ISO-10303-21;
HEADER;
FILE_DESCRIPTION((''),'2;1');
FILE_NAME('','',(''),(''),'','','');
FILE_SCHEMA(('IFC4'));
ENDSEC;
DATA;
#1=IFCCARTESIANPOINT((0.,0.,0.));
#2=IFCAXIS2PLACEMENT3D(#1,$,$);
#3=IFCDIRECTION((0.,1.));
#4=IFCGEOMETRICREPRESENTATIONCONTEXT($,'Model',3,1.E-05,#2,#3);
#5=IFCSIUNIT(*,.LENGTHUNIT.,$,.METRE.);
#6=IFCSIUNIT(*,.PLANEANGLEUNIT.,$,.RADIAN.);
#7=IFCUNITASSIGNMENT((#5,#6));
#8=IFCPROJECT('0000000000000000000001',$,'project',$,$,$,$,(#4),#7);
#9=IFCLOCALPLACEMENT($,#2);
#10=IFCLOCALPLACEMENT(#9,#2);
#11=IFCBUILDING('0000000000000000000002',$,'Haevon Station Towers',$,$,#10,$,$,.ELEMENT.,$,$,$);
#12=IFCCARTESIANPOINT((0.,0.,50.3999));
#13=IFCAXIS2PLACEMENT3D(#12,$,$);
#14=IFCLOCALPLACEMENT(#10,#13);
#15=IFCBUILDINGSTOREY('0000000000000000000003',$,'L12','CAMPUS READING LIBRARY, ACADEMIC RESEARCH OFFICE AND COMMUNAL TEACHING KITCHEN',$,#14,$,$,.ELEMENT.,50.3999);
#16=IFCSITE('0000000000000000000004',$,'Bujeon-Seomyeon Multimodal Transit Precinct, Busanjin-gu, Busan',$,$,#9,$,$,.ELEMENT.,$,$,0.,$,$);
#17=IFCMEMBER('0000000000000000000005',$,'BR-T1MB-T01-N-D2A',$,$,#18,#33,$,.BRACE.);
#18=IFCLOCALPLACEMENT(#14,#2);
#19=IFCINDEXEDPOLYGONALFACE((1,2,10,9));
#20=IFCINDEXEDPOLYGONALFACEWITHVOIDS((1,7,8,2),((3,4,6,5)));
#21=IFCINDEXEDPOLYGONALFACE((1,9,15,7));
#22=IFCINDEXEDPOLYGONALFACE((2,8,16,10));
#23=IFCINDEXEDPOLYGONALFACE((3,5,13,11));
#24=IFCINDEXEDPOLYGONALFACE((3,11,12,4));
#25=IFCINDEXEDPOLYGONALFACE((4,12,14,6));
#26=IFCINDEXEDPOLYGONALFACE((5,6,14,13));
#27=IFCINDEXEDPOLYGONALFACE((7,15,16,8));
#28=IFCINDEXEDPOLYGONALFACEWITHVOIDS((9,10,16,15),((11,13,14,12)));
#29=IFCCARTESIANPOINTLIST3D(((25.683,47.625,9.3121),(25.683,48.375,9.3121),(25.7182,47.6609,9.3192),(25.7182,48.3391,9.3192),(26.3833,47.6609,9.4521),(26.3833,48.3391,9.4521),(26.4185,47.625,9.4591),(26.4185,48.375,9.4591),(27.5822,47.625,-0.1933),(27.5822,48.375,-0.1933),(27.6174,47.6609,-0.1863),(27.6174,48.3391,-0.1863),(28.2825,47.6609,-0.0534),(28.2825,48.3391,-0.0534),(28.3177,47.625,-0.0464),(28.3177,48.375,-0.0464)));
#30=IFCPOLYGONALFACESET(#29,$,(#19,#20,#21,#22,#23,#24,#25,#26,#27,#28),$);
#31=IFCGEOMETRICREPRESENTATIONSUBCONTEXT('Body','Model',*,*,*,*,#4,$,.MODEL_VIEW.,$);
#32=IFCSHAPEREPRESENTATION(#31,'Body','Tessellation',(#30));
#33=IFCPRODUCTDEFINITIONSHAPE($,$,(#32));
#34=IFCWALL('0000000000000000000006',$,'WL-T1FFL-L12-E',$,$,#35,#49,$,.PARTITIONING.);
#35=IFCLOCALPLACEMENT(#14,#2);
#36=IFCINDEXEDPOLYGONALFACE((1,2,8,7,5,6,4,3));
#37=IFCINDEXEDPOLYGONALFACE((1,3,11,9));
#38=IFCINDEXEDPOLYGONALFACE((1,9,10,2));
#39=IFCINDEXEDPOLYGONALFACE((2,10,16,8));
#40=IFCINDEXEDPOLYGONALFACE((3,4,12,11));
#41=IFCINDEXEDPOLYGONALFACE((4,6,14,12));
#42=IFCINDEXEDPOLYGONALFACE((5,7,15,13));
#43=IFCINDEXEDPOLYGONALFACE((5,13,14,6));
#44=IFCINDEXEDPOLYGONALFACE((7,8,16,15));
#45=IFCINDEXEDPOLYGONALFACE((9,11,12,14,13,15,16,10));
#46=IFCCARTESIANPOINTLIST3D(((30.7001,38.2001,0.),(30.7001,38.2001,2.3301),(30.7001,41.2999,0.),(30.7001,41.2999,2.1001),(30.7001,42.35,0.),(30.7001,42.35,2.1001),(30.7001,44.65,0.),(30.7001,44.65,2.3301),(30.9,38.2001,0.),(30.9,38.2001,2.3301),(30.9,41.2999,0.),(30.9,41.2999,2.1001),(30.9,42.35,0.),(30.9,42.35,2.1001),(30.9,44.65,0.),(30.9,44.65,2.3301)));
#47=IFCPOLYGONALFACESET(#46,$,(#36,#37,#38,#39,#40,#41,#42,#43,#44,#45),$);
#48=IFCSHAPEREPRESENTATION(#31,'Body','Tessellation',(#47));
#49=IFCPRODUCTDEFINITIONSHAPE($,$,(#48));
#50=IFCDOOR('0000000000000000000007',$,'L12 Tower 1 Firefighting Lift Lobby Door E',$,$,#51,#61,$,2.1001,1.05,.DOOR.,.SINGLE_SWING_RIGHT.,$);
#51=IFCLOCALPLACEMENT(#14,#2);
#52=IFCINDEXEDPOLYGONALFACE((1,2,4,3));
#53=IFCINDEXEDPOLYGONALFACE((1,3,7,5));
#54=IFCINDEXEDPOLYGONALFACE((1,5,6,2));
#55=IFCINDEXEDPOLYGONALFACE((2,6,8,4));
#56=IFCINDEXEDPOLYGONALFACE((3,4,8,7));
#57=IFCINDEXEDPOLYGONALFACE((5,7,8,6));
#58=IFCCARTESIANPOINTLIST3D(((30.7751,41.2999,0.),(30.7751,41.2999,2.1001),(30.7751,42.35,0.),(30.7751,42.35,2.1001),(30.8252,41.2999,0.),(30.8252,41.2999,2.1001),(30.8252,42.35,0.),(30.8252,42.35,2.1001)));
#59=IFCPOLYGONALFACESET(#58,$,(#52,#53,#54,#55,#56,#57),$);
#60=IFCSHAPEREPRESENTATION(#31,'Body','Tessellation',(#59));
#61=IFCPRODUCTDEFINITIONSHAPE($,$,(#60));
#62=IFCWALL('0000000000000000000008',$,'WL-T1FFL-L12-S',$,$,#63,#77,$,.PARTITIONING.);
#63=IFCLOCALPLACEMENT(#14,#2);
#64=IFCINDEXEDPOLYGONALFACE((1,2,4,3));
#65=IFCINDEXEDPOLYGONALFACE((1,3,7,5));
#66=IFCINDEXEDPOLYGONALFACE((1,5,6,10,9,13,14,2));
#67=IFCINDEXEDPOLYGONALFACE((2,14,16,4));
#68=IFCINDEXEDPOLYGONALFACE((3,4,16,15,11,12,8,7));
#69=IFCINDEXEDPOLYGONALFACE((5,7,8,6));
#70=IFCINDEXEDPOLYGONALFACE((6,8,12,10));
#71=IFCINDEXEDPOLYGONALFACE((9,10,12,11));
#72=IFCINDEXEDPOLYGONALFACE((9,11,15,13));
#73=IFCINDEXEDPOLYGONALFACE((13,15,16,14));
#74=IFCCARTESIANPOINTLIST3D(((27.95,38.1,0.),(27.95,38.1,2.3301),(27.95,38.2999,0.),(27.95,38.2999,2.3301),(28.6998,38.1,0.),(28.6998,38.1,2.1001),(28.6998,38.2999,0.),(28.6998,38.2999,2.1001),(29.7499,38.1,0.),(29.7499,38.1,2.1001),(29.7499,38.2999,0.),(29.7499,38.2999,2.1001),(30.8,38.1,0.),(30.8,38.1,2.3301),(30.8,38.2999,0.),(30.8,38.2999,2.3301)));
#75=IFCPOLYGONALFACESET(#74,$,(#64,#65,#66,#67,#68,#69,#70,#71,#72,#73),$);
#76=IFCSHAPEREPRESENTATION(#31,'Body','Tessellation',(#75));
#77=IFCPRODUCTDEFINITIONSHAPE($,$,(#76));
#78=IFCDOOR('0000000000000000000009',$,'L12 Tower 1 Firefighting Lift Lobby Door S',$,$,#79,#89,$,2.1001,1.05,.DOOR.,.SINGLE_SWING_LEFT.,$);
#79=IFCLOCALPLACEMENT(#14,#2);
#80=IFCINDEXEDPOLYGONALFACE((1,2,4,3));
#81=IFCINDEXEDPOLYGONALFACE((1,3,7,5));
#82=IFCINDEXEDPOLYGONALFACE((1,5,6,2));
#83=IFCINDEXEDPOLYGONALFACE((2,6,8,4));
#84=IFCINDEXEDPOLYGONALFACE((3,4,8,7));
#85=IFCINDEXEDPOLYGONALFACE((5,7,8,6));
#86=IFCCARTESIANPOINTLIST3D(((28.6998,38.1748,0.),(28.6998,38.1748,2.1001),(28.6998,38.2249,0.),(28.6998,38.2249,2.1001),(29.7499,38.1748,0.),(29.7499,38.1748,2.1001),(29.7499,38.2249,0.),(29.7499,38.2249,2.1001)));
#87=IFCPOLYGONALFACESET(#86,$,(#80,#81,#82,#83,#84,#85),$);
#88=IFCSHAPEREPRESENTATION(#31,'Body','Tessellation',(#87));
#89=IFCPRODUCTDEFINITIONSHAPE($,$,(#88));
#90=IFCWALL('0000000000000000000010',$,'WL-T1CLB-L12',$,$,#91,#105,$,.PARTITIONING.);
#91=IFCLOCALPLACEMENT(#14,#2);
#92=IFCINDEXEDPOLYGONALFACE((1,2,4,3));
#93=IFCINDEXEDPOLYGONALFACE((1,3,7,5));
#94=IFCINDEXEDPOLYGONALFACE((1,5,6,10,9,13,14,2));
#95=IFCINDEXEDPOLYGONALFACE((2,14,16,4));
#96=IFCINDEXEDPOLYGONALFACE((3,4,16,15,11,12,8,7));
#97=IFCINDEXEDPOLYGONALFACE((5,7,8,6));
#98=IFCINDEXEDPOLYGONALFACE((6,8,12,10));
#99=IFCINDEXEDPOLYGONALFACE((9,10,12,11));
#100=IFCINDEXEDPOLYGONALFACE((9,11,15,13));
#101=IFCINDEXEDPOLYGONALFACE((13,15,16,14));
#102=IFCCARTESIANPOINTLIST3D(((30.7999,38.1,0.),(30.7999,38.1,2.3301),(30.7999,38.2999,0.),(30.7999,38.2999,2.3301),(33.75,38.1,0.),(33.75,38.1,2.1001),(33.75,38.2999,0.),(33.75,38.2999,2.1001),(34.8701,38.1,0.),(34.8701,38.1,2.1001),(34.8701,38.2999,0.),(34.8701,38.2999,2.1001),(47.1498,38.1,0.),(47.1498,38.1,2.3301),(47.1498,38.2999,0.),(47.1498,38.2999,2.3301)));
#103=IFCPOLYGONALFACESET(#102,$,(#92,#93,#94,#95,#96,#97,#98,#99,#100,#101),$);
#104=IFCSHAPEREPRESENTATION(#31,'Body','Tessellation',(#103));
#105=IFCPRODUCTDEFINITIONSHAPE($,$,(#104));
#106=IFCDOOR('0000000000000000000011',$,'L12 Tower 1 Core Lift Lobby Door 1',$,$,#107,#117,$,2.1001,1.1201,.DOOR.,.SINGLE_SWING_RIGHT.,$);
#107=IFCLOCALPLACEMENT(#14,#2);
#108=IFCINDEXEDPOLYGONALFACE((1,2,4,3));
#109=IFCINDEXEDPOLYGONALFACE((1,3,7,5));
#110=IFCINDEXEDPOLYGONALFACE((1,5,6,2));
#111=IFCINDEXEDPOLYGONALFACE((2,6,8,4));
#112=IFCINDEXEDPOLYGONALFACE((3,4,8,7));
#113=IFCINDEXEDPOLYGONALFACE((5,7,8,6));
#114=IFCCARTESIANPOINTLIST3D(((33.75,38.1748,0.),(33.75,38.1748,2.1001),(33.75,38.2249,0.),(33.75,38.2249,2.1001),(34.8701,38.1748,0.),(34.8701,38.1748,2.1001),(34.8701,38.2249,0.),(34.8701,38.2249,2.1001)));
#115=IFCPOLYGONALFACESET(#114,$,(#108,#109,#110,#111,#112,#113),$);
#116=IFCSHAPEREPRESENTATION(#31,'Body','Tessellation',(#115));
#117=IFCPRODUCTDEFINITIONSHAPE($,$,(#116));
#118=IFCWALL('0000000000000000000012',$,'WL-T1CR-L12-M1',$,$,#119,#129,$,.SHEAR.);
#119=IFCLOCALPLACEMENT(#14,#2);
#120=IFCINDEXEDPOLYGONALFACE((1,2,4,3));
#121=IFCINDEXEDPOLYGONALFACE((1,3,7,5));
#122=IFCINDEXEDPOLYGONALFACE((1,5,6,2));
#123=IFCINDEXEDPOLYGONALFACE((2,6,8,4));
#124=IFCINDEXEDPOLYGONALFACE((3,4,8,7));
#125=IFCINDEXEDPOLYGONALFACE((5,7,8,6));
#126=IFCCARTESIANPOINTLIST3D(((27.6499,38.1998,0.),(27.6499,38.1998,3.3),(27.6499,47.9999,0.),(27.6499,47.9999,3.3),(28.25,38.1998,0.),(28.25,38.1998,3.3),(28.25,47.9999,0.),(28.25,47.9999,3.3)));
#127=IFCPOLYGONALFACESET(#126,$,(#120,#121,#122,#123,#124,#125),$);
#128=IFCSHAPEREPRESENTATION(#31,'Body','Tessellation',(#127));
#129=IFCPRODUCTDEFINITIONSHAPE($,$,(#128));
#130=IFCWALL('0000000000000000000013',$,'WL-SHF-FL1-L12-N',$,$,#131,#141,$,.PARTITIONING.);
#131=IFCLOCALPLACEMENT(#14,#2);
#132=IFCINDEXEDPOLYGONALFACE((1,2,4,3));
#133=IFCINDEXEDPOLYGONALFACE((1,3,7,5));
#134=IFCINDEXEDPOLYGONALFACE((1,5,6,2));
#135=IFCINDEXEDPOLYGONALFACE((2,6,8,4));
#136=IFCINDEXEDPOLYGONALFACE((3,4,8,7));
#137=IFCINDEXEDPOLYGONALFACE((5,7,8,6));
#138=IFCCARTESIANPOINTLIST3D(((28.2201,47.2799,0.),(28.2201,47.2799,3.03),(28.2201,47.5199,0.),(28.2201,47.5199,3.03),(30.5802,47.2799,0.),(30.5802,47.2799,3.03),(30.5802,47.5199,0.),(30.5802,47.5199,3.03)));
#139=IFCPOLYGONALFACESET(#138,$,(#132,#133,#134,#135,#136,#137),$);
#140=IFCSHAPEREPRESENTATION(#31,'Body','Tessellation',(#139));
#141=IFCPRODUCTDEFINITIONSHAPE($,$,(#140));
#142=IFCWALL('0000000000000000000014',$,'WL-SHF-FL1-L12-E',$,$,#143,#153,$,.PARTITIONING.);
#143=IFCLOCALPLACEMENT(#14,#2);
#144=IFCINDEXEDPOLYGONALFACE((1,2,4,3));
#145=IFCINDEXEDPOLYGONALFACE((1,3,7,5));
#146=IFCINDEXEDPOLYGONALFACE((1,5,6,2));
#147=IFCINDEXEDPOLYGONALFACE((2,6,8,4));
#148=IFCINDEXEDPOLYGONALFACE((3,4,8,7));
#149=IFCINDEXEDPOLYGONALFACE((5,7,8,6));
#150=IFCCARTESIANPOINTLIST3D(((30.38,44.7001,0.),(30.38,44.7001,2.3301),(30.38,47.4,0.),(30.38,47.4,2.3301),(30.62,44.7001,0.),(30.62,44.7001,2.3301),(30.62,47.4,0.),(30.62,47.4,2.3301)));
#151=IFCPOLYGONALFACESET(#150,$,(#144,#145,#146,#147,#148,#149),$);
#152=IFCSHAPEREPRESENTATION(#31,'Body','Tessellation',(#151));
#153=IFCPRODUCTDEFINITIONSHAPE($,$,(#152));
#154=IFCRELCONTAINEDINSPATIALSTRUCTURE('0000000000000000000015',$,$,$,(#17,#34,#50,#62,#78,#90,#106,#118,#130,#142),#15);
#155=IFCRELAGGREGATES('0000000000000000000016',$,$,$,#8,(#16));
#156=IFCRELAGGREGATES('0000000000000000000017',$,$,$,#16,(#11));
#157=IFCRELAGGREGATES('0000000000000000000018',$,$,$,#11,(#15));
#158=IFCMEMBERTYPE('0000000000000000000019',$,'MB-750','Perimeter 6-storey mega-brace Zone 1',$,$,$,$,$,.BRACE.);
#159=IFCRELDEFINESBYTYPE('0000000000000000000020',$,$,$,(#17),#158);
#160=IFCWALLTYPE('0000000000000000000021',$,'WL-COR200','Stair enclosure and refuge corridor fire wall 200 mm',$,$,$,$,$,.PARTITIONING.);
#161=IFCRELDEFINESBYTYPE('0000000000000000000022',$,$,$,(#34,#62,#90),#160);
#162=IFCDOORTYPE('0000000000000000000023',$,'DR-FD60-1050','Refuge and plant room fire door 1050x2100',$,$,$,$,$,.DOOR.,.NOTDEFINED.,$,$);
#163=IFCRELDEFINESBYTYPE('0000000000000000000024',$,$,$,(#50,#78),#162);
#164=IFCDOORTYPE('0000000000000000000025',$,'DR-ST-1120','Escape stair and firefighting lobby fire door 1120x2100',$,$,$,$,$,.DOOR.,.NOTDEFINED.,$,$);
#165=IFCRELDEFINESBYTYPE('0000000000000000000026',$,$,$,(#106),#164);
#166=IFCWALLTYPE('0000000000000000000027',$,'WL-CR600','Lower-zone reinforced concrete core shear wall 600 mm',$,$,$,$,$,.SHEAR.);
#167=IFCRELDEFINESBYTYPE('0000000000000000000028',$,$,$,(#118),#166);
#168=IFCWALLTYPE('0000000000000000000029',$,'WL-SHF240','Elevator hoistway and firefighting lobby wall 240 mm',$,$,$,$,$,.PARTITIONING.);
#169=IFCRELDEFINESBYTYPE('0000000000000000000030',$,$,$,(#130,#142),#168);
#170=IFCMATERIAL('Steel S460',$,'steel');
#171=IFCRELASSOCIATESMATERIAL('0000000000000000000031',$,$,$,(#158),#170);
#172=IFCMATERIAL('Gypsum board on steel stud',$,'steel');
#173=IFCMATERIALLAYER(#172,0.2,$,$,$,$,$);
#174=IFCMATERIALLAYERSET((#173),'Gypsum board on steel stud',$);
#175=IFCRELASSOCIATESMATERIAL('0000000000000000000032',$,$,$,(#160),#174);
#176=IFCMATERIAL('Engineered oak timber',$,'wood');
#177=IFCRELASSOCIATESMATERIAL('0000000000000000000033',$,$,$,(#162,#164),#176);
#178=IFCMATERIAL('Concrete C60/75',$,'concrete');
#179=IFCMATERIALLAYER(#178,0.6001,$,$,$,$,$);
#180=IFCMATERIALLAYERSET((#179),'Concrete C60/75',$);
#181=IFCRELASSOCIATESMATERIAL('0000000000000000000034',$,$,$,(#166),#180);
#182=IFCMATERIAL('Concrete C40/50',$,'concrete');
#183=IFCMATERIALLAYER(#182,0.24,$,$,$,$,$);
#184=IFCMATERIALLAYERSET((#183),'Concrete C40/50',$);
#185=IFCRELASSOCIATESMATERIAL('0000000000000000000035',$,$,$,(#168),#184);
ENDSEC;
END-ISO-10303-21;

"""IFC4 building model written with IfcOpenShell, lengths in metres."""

from ifc_helpers import new_model, si_unit, direction, frame, frame_2d, origin, origin_2d, place, context, subcontext, project, spatial, rectangle, hollow_rectangle, extrude, material, layer, layer_set, material_profile, profile_set, type_object, element, fill, save


model = new_model("IFC4")

# Units and contexts
model_context = context("Model", 3, precision=1e-05, world=origin(), true_north=direction((0.0, 1.0)))
body_context = subcontext(model_context, "Body", "Model", "MODEL_VIEW")
ifc_project = project(units=[si_unit("LENGTHUNIT", "METRE"), si_unit("PLANEANGLEUNIT", "RADIAN")], contexts=[model_context])

# Site, building, storey
site_placement = place(None, origin())
site = spatial("IfcSite", under=ifc_project, at=site_placement, Name="Bujeon-Seomyeon Multimodal Transit Precinct, Busanjin-gu, Busan", CompositionType="ELEMENT", RefElevation=0.0)
building_placement = place(site_placement, origin())
building = spatial("IfcBuilding", under=site, at=building_placement, Name="Haevon Station Towers", CompositionType="ELEMENT")
storey_placement = place(building_placement, frame((0.0, 0.0, 50.3999)))
storey = spatial("IfcBuildingStorey", under=building, at=storey_placement, Name="L12", Description="CAMPUS READING LIBRARY, ACADEMIC RESEARCH OFFICE AND COMMUNAL TEACHING KITCHEN", CompositionType="ELEMENT", Elevation=50.3999)

# Shared definitions
ifc_material_1 = material(Name="Steel S460", Category="steel")

# Member
ifc_material_profile_1 = material_profile(ifc_material_1, hollow_rectangle(XDim=0.75, YDim=0.75, WallThickness=0.0359, at=origin_2d()), Name="RHS-750x750x36")
ifc_profile_set_1 = profile_set([ifc_material_profile_1], Name="Steel S460")
member_type = type_object("IfcMemberType", Name="MB-750", Description="Perimeter 6-storey mega-brace Zone 1", PredefinedType="BRACE", material=ifc_profile_set_1)
member_placement = place(storey_placement, frame((27.95, 48.0, -0.1199), z_axis=(-0.195927, 0.0, 0.980618), x_axis=(0.0, -1.0, 0.0)))
element("IfcMember", 1, at=member_placement, inside=storey, type_object=member_type, Name="BR-T1MB-T01-N-D2A", PredefinedType="BRACE", context=body_context, shape_type="SweptSolid", body=[
    extrude(hollow_rectangle(XDim=0.75, YDim=0.75, WallThickness=0.0359, at=origin_2d()), origin(), (0.0, 0.0, 1.0), 9.6934),
])

# Walls, openings, doors
ifc_material_2 = material(Name="Gypsum board on steel stud", Category="steel")
ifc_layer_1 = layer(ifc_material_2, 0.2)
ifc_layer_set_1 = layer_set([ifc_layer_1], Name="Gypsum board on steel stud")
wall_type_1 = type_object("IfcWallType", Name="WL-COR200", Description="Stair enclosure and refuge corridor fire wall 200 mm", PredefinedType="PARTITIONING", material=ifc_layer_set_1)
wall_1_placement = place(storey_placement, frame((30.8, 38.2, 0.0), z_axis=(0.0, 0.0, 1.0), x_axis=(0.0, 1.0, 0.0)))
wall_1 = element("IfcWall", 2, at=wall_1_placement, inside=storey, type_object=wall_type_1, Name="WL-T1FFL-L12-E", PredefinedType="PARTITIONING", context=body_context, shape_type="SweptSolid", body=[
    extrude(rectangle(XDim=6.45, YDim=0.2, at=frame_2d((3.2251, 0.0))), origin(), (0.0, 0.0, 1.0), 2.3301),
])
opening_1_placement = place(wall_1_placement, frame((3.1001, 0.0, 0.0)))
opening_1 = element("IfcOpeningElement", 3, at=opening_1_placement, cuts=wall_1, PredefinedType="OPENING", context=body_context, shape_type="SweptSolid", body=[
    extrude(rectangle(XDim=1.05, YDim=2.1001, at=frame_2d((0.5249, 1.05))), frame((0.0, 0.1099, 0.0), z_axis=(0.0, -1.0, 0.0), x_axis=(1.0, 0.0, 0.0)), (0.0, 0.0, 1.0), 0.22),
])
ifc_material_3 = material(Name="Engineered oak timber", Category="wood")
door_type_1 = type_object("IfcDoorType", Name="DR-FD60-1050", Description="Refuge and plant room fire door 1050x2100", OperationType="NOTDEFINED", PredefinedType="DOOR", material=ifc_material_3)
door_1_placement = place(opening_1_placement, origin())
door_1 = element("IfcDoor", 4, at=door_1_placement, inside=storey, type_object=door_type_1, Name="L12 Tower 1 Firefighting Lift Lobby Door E", OperationType="SINGLE_SWING_RIGHT", OverallHeight=2.1001, OverallWidth=1.05, PredefinedType="DOOR", context=body_context, shape_type="SweptSolid", body=[
    extrude(rectangle(XDim=1.05, YDim=2.1001, at=frame_2d((0.5249, 1.05))), frame((0.0, 0.0249, 0.0), z_axis=(0.0, -1.0, 0.0), x_axis=(1.0, 0.0, 0.0)), (0.0, 0.0, 1.0), 0.05),
])
fill(opening_1, door_1)
wall_2_placement = place(storey_placement, frame((27.95, 38.2, 0.0), z_axis=(0.0, 0.0, 1.0), x_axis=(1.0, 0.0, 0.0)))
wall_2 = element("IfcWall", 5, at=wall_2_placement, inside=storey, type_object=wall_type_1, Name="WL-T1FFL-L12-S", PredefinedType="PARTITIONING", context=body_context, shape_type="SweptSolid", body=[
    extrude(rectangle(XDim=2.8501, YDim=0.2, at=frame_2d((1.425, 0.0))), origin(), (0.0, 0.0, 1.0), 2.3301),
])
opening_2_placement = place(wall_2_placement, frame((0.75, 0.0, 0.0)))
opening_2 = element("IfcOpeningElement", 6, at=opening_2_placement, cuts=wall_2, PredefinedType="OPENING", context=body_context, shape_type="SweptSolid", body=[
    extrude(rectangle(XDim=1.05, YDim=2.1001, at=frame_2d((0.5249, 1.05))), frame((0.0, 0.1099, 0.0), z_axis=(0.0, -1.0, 0.0), x_axis=(1.0, 0.0, 0.0)), (0.0, 0.0, 1.0), 0.22),
])
door_2_placement = place(opening_2_placement, origin())
door_2 = element("IfcDoor", 7, at=door_2_placement, inside=storey, type_object=door_type_1, Name="L12 Tower 1 Firefighting Lift Lobby Door S", OperationType="SINGLE_SWING_LEFT", OverallHeight=2.1001, OverallWidth=1.05, PredefinedType="DOOR", context=body_context, shape_type="SweptSolid", body=[
    extrude(rectangle(XDim=1.05, YDim=2.1001, at=frame_2d((0.5249, 1.05))), frame((0.0, 0.0249, 0.0), z_axis=(0.0, -1.0, 0.0), x_axis=(1.0, 0.0, 0.0)), (0.0, 0.0, 1.0), 0.05),
])
fill(opening_2, door_2)
wall_3_placement = place(storey_placement, frame((30.8, 38.2, 0.0), z_axis=(0.0, 0.0, 1.0), x_axis=(1.0, 0.0, 0.0)))
wall_3 = element("IfcWall", 8, at=wall_3_placement, inside=storey, type_object=wall_type_1, Name="WL-T1CLB-L12", PredefinedType="PARTITIONING", context=body_context, shape_type="SweptSolid", body=[
    extrude(rectangle(XDim=16.3499, YDim=0.2, at=frame_2d((8.1748, 0.0))), origin(), (0.0, 0.0, 1.0), 2.3301),
])
opening_3_placement = place(wall_3_placement, frame((2.95, 0.0, 0.0)))
opening_3 = element("IfcOpeningElement", 9, at=opening_3_placement, cuts=wall_3, PredefinedType="OPENING", context=body_context, shape_type="SweptSolid", body=[
    extrude(rectangle(XDim=1.1201, YDim=2.1001, at=frame_2d((0.5601, 1.05))), frame((0.0, 0.1099, 0.0), z_axis=(0.0, -1.0, 0.0), x_axis=(1.0, 0.0, 0.0)), (0.0, 0.0, 1.0), 0.22),
])
door_type_2 = type_object("IfcDoorType", Name="DR-ST-1120", Description="Escape stair and firefighting lobby fire door 1120x2100", OperationType="NOTDEFINED", PredefinedType="DOOR", material=ifc_material_3)
door_3_placement = place(opening_3_placement, origin())
door_3 = element("IfcDoor", 10, at=door_3_placement, inside=storey, type_object=door_type_2, Name="L12 Tower 1 Core Lift Lobby Door 1", OperationType="SINGLE_SWING_RIGHT", OverallHeight=2.1001, OverallWidth=1.1201, PredefinedType="DOOR", context=body_context, shape_type="SweptSolid", body=[
    extrude(rectangle(XDim=1.1201, YDim=2.1001, at=frame_2d((0.5601, 1.05))), frame((0.0, 0.0249, 0.0), z_axis=(0.0, -1.0, 0.0), x_axis=(1.0, 0.0, 0.0)), (0.0, 0.0, 1.0), 0.05),
])
fill(opening_3, door_3)

# Wall
ifc_material_4 = material(Name="Concrete C60/75", Category="concrete")
ifc_layer_2 = layer(ifc_material_4, 0.6001)
ifc_layer_set_2 = layer_set([ifc_layer_2], Name="Concrete C60/75")
wall_type_2 = type_object("IfcWallType", Name="WL-CR600", Description="Lower-zone reinforced concrete core shear wall 600 mm", PredefinedType="SHEAR", material=ifc_layer_set_2)
wall_4_placement = place(storey_placement, frame((27.95, 38.2, 0.0), z_axis=(0.0, 0.0, 1.0), x_axis=(0.0, 1.0, 0.0)))
element("IfcWall", 11, at=wall_4_placement, inside=storey, type_object=wall_type_2, Name="WL-T1CR-L12-M1", PredefinedType="SHEAR", context=body_context, shape_type="SweptSolid", body=[
    extrude(rectangle(XDim=9.8, YDim=0.6001, at=frame_2d((4.8999, 0.0))), origin(), (0.0, 0.0, 1.0), 3.3),
])

# Shared definitions
ifc_material_5 = material(Name="Concrete C40/50", Category="concrete")
ifc_layer_3 = layer(ifc_material_5, 0.24)
ifc_layer_set_3 = layer_set([ifc_layer_3], Name="Concrete C40/50")
wall_type_3 = type_object("IfcWallType", Name="WL-SHF240", Description="Elevator hoistway and firefighting lobby wall 240 mm", PredefinedType="PARTITIONING", material=ifc_layer_set_3)

# Walls
wall_5_placement = place(storey_placement, frame((28.22, 47.3999, 0.0), z_axis=(0.0, 0.0, 1.0), x_axis=(1.0, 0.0, 0.0)))
element("IfcWall", 12, at=wall_5_placement, inside=storey, type_object=wall_type_3, Name="WL-SHF-FL1-L12-N", PredefinedType="PARTITIONING", context=body_context, shape_type="SweptSolid", body=[
    extrude(rectangle(XDim=2.3601, YDim=0.24, at=frame_2d((1.1802, 0.0))), origin(), (0.0, 0.0, 1.0), 3.03),
])
wall_6_placement = place(storey_placement, frame((30.5, 44.7, 0.0), z_axis=(0.0, 0.0, 1.0), x_axis=(0.0, 1.0, 0.0)))
element("IfcWall", 13, at=wall_6_placement, inside=storey, type_object=wall_type_3, Name="WL-SHF-FL1-L12-E", PredefinedType="PARTITIONING", context=body_context, shape_type="SweptSolid", body=[
    extrude(rectangle(XDim=2.7, YDim=0.24, at=frame_2d((1.3501, 0.0))), origin(), (0.0, 0.0, 1.0), 2.3301),
])

save(model, "model.ifc")
